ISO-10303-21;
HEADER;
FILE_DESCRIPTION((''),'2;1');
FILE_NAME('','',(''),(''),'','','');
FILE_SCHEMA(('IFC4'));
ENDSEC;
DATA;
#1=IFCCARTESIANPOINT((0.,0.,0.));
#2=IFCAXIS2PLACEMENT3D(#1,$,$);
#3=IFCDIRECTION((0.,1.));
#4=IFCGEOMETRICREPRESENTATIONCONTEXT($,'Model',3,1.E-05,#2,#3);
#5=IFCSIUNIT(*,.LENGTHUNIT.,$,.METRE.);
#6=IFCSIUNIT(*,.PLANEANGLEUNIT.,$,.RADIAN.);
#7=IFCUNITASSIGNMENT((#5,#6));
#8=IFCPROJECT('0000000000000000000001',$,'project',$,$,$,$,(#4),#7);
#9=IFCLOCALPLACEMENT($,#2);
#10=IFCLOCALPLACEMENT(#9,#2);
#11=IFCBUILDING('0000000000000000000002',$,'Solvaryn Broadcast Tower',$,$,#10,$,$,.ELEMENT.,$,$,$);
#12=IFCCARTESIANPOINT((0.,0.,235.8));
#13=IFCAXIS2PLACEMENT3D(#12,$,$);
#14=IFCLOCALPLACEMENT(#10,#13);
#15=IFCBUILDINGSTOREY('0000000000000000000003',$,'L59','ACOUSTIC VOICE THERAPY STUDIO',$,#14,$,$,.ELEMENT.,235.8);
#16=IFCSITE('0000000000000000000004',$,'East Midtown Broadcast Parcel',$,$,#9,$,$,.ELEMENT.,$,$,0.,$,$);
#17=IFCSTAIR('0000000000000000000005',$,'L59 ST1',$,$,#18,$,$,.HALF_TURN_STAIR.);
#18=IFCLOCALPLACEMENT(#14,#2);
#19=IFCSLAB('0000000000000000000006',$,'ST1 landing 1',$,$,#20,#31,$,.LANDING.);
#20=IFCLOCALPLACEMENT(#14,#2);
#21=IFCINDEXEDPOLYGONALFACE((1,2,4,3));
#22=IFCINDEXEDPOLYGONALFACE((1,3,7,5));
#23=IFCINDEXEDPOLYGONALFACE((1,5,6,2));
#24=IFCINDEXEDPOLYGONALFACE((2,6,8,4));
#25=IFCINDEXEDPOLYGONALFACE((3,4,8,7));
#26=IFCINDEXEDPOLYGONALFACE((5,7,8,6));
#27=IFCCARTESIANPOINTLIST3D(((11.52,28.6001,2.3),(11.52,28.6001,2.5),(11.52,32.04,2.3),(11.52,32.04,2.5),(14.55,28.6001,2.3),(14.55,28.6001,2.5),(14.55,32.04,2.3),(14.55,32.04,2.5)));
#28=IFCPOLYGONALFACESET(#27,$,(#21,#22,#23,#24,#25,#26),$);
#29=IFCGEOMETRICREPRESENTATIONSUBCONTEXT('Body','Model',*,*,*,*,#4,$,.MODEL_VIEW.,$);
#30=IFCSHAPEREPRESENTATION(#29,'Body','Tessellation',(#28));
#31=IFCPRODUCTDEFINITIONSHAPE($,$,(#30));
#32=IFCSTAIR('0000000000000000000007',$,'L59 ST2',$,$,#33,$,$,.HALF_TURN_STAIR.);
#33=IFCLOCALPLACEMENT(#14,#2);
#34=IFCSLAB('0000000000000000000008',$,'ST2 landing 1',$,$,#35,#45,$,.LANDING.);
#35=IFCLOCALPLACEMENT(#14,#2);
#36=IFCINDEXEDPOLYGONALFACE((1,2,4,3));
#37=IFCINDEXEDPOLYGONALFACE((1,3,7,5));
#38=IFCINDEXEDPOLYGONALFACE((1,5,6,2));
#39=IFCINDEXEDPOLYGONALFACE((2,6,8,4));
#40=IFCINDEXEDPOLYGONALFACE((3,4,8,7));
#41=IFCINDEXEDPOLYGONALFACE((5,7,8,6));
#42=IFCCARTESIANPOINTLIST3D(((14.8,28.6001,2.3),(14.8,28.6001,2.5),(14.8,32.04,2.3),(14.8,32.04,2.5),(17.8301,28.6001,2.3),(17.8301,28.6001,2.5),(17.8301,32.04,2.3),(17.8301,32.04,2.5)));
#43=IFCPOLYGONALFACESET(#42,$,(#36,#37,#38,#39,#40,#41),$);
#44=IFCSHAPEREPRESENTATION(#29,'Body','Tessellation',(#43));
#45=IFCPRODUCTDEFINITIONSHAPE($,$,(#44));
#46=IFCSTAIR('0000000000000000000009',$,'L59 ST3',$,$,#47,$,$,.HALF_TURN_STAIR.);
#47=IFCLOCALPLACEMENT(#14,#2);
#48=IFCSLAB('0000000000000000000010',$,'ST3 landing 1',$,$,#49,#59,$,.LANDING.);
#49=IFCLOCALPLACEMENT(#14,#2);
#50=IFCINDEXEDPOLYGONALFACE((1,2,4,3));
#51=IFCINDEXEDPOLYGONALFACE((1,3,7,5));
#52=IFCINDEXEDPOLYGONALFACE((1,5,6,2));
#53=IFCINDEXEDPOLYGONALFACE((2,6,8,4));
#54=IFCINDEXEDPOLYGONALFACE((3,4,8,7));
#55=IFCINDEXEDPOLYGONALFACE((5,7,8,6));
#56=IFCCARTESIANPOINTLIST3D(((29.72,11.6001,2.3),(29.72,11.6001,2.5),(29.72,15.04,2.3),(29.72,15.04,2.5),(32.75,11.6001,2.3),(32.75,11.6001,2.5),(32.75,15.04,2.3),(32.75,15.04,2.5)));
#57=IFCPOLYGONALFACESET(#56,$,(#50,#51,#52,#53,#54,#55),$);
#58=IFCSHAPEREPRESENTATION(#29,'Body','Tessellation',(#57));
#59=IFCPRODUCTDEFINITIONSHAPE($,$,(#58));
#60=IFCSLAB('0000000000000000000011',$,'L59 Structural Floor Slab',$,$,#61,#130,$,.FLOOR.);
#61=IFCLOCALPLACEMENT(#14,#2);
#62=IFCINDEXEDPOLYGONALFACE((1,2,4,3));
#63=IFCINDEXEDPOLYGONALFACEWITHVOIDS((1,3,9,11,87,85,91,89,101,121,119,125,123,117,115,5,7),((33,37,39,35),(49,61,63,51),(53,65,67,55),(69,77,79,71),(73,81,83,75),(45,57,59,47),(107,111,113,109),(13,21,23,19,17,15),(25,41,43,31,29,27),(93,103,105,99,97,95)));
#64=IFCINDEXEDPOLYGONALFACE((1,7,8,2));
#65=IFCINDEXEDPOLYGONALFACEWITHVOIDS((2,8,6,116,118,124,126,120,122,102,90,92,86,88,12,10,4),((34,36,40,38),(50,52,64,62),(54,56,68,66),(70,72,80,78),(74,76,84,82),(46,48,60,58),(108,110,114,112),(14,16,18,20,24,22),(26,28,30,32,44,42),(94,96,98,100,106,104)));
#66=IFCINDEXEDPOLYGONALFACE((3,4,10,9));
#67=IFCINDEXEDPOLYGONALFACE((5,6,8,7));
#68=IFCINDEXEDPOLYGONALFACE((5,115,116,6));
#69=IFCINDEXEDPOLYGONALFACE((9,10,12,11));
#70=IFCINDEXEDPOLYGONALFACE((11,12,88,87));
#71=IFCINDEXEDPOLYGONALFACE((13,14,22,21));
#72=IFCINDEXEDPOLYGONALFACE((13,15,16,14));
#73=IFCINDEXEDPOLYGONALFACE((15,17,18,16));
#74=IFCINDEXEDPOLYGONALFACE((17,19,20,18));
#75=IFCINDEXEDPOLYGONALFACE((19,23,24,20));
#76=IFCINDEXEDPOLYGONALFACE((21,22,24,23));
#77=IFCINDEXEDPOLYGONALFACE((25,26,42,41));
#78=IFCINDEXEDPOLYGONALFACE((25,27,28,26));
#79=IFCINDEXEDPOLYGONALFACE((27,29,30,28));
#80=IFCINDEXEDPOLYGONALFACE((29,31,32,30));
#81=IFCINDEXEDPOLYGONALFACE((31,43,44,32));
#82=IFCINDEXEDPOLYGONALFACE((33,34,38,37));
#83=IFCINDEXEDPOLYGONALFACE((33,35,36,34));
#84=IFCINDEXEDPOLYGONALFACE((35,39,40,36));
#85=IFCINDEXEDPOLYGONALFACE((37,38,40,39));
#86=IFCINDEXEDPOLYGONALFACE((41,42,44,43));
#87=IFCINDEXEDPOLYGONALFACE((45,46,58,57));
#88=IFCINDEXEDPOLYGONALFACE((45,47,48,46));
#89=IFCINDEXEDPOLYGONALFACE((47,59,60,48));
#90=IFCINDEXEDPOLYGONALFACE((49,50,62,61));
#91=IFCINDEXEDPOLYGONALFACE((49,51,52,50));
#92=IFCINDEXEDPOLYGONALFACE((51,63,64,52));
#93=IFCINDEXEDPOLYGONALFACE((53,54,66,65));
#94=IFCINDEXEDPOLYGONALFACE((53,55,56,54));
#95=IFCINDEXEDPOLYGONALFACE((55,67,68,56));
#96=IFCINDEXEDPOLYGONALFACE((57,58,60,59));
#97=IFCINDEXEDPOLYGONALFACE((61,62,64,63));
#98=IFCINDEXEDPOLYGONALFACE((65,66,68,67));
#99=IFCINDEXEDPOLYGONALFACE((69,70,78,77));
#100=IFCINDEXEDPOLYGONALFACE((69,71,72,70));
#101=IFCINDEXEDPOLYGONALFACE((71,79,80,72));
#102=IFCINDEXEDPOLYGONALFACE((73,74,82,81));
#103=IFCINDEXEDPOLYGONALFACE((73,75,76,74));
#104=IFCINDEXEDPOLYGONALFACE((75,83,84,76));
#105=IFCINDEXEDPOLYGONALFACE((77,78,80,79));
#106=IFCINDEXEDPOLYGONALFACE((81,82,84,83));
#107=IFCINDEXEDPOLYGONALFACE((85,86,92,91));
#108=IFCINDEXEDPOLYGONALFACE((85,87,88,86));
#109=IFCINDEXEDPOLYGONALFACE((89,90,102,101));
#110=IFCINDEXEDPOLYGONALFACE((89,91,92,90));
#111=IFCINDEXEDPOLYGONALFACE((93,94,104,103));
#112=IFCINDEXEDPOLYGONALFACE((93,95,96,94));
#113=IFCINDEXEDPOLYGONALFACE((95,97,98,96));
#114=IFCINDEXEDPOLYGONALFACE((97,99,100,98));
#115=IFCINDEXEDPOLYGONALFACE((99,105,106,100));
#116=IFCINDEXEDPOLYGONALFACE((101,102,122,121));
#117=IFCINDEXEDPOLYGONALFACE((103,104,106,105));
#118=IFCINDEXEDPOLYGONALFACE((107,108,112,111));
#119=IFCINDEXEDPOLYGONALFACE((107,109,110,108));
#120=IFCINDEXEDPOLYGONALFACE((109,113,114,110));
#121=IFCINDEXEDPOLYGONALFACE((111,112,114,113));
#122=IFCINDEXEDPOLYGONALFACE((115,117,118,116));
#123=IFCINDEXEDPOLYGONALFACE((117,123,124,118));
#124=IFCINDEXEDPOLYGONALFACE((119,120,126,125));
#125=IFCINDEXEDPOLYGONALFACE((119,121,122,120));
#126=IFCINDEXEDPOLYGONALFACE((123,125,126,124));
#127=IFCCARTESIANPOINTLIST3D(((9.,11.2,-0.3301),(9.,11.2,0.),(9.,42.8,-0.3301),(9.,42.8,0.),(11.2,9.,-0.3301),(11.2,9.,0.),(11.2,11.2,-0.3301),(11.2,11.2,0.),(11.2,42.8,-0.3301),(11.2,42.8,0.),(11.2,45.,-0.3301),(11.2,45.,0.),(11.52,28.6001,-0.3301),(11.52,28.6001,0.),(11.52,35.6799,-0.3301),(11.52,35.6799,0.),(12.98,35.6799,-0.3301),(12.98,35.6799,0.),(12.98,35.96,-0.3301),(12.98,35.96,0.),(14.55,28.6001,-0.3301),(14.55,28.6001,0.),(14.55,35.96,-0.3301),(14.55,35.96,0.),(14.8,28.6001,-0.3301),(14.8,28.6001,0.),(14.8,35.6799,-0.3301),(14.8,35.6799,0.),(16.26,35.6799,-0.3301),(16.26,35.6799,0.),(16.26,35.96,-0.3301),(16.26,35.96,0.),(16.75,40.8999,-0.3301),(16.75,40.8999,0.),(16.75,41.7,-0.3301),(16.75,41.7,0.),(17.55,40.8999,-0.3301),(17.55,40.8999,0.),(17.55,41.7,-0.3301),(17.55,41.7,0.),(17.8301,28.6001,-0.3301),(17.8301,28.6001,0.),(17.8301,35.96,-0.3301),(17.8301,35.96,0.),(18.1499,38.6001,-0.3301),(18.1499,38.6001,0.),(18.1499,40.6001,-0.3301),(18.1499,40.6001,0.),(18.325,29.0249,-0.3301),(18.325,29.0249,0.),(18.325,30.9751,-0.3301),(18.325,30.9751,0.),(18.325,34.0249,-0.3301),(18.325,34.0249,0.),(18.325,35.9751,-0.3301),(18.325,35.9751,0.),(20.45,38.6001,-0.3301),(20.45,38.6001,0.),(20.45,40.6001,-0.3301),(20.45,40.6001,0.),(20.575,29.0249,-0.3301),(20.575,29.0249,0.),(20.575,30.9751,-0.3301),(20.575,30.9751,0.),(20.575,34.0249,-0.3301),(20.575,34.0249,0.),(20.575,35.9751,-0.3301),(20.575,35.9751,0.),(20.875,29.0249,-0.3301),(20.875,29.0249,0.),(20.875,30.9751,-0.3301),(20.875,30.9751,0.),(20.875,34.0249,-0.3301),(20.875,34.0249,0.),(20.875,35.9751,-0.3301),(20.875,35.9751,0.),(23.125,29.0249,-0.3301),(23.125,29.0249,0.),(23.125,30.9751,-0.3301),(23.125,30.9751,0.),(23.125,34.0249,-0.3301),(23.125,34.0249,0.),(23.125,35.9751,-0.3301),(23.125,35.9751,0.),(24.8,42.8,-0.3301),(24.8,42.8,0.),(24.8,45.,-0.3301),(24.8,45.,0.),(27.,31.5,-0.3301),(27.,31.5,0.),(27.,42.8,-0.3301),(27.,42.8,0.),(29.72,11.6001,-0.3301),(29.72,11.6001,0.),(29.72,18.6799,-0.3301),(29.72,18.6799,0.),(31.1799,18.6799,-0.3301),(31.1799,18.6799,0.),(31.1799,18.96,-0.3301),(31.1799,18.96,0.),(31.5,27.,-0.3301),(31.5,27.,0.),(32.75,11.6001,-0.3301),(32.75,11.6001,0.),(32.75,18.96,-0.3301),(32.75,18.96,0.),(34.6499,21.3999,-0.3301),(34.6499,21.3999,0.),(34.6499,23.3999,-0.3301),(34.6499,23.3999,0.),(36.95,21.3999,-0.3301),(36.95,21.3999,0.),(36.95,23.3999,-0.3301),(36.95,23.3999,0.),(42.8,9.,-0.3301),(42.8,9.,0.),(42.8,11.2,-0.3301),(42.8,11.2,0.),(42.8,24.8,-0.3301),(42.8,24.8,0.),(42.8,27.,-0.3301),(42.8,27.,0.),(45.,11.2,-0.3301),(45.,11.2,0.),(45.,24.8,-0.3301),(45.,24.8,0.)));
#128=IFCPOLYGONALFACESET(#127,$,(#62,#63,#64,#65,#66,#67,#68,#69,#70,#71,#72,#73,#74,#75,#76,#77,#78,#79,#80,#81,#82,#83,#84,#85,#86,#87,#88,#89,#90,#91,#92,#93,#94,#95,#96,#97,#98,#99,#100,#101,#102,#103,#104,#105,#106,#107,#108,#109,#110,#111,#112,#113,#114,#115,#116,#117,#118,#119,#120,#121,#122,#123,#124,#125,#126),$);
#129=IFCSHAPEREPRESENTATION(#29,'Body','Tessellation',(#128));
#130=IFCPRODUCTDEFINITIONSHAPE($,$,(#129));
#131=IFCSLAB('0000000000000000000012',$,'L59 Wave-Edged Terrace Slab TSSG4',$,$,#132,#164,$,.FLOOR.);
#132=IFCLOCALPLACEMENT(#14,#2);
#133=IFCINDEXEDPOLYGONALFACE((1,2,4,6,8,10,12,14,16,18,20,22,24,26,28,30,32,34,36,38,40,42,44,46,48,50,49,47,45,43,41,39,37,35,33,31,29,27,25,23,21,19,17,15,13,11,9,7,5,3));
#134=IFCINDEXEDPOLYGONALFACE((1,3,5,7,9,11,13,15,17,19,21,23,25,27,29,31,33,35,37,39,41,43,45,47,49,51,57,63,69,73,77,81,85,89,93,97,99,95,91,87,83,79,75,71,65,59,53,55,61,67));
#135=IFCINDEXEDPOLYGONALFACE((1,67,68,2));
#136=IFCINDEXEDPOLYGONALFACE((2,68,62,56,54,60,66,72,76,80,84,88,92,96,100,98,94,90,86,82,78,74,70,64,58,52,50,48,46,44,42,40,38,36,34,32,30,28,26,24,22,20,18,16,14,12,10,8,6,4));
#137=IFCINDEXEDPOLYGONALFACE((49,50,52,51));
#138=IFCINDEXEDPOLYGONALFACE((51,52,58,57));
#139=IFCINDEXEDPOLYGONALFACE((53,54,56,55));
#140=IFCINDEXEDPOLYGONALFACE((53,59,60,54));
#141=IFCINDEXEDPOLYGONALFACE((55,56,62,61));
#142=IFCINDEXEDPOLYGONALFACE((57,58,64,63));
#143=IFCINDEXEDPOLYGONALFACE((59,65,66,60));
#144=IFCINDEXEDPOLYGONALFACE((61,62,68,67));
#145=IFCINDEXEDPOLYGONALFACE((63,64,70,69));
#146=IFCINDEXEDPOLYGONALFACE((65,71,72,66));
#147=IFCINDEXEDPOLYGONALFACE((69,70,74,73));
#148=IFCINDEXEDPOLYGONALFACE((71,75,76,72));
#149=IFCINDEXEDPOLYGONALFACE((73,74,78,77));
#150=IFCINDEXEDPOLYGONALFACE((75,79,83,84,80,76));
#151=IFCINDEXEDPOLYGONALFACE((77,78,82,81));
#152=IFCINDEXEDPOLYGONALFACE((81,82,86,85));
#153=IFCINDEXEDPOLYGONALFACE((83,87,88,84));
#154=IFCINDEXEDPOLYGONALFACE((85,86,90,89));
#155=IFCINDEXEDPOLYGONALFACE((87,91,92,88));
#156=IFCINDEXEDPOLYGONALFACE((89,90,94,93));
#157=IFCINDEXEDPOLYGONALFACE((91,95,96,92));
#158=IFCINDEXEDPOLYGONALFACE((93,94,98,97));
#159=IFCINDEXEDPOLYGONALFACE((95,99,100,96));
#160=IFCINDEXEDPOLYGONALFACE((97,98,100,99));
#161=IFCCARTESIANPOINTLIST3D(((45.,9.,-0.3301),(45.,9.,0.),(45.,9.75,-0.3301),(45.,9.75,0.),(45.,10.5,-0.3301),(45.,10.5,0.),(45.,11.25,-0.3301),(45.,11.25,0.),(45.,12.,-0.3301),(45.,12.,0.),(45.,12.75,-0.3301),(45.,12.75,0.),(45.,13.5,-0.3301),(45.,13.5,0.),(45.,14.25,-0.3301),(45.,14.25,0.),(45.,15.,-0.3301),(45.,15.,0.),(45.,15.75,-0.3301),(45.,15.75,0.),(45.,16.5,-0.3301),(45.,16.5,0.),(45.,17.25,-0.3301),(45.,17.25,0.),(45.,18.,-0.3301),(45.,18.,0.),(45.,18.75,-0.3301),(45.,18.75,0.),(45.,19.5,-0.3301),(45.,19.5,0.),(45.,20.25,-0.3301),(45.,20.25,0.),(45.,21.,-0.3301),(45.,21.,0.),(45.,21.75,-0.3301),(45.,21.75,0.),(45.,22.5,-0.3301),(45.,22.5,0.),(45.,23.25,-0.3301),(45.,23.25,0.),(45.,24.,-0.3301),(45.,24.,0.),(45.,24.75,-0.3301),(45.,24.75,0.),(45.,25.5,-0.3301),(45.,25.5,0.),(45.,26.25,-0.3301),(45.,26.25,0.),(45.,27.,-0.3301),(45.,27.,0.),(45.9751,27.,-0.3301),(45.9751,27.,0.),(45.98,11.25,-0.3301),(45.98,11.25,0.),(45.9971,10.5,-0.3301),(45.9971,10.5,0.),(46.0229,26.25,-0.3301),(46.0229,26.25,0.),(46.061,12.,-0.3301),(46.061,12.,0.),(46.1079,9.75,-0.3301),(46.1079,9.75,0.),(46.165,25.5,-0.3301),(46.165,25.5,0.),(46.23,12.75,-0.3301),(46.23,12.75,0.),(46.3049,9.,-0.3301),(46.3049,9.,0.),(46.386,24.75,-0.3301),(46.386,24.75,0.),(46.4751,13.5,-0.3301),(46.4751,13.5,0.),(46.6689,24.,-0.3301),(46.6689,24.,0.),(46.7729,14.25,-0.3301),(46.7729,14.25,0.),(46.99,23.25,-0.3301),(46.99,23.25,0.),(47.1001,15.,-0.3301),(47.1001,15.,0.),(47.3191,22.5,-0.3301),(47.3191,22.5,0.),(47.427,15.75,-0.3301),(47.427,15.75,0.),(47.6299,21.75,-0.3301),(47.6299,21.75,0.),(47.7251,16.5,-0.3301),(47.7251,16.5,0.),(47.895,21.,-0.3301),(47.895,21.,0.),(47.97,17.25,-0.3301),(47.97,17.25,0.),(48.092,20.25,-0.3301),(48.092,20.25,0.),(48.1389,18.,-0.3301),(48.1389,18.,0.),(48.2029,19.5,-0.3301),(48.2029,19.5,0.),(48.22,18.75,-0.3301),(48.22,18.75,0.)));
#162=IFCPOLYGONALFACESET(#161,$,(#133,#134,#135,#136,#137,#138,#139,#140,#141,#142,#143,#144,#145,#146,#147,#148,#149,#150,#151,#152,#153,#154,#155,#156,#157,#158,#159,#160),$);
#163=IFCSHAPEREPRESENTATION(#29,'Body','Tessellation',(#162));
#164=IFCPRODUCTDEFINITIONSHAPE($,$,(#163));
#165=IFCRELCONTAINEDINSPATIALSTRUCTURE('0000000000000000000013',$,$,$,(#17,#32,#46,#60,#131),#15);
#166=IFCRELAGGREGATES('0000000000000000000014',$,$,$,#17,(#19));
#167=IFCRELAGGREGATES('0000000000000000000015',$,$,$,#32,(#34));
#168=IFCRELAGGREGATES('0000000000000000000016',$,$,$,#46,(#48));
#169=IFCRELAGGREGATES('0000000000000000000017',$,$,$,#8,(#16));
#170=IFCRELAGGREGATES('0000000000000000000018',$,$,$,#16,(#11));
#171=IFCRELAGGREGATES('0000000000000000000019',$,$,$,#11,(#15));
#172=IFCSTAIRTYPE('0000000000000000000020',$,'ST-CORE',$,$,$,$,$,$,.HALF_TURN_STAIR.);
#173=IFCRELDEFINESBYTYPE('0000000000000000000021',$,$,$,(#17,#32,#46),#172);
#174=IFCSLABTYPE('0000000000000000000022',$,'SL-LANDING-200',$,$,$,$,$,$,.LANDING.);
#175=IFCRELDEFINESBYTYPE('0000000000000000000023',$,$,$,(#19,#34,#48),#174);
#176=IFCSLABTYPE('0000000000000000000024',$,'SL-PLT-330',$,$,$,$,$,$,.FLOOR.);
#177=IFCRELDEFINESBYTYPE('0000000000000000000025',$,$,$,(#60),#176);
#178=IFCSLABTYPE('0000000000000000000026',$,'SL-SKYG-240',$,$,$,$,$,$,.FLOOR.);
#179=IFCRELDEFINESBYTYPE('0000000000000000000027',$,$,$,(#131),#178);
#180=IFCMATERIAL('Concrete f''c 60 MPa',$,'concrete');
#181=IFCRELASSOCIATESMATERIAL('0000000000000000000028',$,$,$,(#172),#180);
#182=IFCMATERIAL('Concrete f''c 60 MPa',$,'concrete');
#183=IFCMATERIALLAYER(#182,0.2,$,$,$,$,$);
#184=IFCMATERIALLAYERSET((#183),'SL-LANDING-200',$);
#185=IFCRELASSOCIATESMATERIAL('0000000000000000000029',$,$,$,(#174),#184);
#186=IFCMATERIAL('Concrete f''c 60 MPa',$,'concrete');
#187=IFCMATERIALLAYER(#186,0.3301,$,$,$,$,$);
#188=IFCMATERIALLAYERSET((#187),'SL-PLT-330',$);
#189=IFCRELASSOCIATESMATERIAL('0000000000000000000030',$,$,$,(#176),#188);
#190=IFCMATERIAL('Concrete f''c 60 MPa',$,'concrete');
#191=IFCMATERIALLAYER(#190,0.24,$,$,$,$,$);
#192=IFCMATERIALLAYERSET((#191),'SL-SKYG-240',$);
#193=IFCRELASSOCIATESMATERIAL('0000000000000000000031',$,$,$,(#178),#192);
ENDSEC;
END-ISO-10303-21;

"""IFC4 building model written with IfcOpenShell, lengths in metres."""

from ifc_helpers import new_model, si_unit, direction, frame, origin, place, context, subcontext, project, spatial, polyline, outline, extrude, material, layer, layer_set, type_object, element, aggregate, save


model = new_model("IFC4")

# Units and contexts
model_context = context("Model", 3, precision=1e-05, world=origin(), true_north=direction((0.0, 1.0)))
body_context = subcontext(model_context, "Body", "Model", "MODEL_VIEW")
ifc_project = project(units=[si_unit("LENGTHUNIT", "METRE"), si_unit("PLANEANGLEUNIT", "RADIAN")], contexts=[model_context])

# Site, building, storey
site_placement = place(None, origin())
site = spatial("IfcSite", under=ifc_project, at=site_placement, Name="East Midtown Broadcast Parcel", CompositionType="ELEMENT", RefElevation=0.0)
building_placement = place(site_placement, origin())
building = spatial("IfcBuilding", under=site, at=building_placement, Name="Solvaryn Broadcast Tower", CompositionType="ELEMENT")
storey_placement = place(building_placement, frame((0.0, 0.0, 235.8)))
storey = spatial("IfcBuildingStorey", under=building, at=storey_placement, Name="L59", Description="ACOUSTIC VOICE THERAPY STUDIO", CompositionType="ELEMENT", Elevation=235.8)

# Stairs, slabs
ifc_material_1 = material(Name="Concrete f'c 60 MPa", Category="concrete")
stair_type = type_object("IfcStairType", Name="ST-CORE", PredefinedType="HALF_TURN_STAIR", material=ifc_material_1)
stair_1_placement = place(storey_placement, origin())
stair_1 = element("IfcStair", 1, at=stair_1_placement, inside=storey, type_object=stair_type, Name="L59 ST1", PredefinedType="HALF_TURN_STAIR")
ifc_material_2 = material(Name="Concrete f'c 60 MPa", Category="concrete")
ifc_layer_1 = layer(ifc_material_2, 0.2)
ifc_layer_set_1 = layer_set([ifc_layer_1], Name="SL-LANDING-200")
slab_type_1 = type_object("IfcSlabType", Name="SL-LANDING-200", PredefinedType="LANDING", material=ifc_layer_set_1)
slab_1_placement = place(storey_placement, frame((0.0, 0.0, 2.3)))
slab_1 = element("IfcSlab", 2, at=slab_1_placement, type_object=slab_type_1, Name="ST1 landing 1", PredefinedType="LANDING", context=body_context, shape_type="SweptSolid", body=[
    extrude(outline(polyline([(11.52, 32.04), (11.52, 28.6001), (14.55, 28.6001), (14.55, 32.04), (11.52, 32.04)])), origin(), (0.0, 0.0, 1.0), 0.2),
])
aggregate(stair_1, [slab_1])
stair_2_placement = place(storey_placement, origin())
stair_2 = element("IfcStair", 3, at=stair_2_placement, inside=storey, type_object=stair_type, Name="L59 ST2", PredefinedType="HALF_TURN_STAIR")
slab_2_placement = place(storey_placement, frame((0.0, 0.0, 2.3)))
slab_2 = element("IfcSlab", 4, at=slab_2_placement, type_object=slab_type_1, Name="ST2 landing 1", PredefinedType="LANDING", context=body_context, shape_type="SweptSolid", body=[
    extrude(outline(polyline([(14.8, 32.04), (14.8, 28.6001), (17.8301, 28.6001), (17.8301, 32.04), (14.8, 32.04)])), origin(), (0.0, 0.0, 1.0), 0.2),
])
aggregate(stair_2, [slab_2])
stair_3_placement = place(storey_placement, origin())
stair_3 = element("IfcStair", 5, at=stair_3_placement, inside=storey, type_object=stair_type, Name="L59 ST3", PredefinedType="HALF_TURN_STAIR")
slab_3_placement = place(storey_placement, frame((0.0, 0.0, 2.3)))
slab_3 = element("IfcSlab", 6, at=slab_3_placement, type_object=slab_type_1, Name="ST3 landing 1", PredefinedType="LANDING", context=body_context, shape_type="SweptSolid", body=[
    extrude(outline(polyline([(29.72, 15.04), (29.72, 11.6001), (32.75, 11.6001), (32.75, 15.04), (29.72, 15.04)])), origin(), (0.0, 0.0, 1.0), 0.2),
])
aggregate(stair_3, [slab_3])

# Slabs
ifc_material_3 = material(Name="Concrete f'c 60 MPa", Category="concrete")
ifc_layer_2 = layer(ifc_material_3, 0.3301)
ifc_layer_set_2 = layer_set([ifc_layer_2], Name="SL-PLT-330")
slab_type_2 = type_object("IfcSlabType", Name="SL-PLT-330", PredefinedType="FLOOR", material=ifc_layer_set_2)
slab_4_placement = place(storey_placement, frame((0.0, 0.0, -0.3301)))
element("IfcSlab", 7, at=slab_4_placement, inside=storey, type_object=slab_type_2, Name="L59 Structural Floor Slab", PredefinedType="FLOOR", context=body_context, shape_type="SweptSolid", body=[
    extrude(outline(polyline([(11.2, 9.0), (42.8, 9.0), (42.8, 11.2), (45.0, 11.2), (45.0, 24.8), (42.8, 24.8), (42.8, 27.0), (31.5, 27.0), (27.0, 31.5), (27.0, 42.8), (24.8, 42.8), (24.8, 45.0), (11.2, 45.0), (11.2, 42.8), (9.0, 42.8), (9.0, 11.2), (11.2, 11.2), (11.2, 9.0)]), holes=[polyline([(11.52, 28.6001), (14.55, 28.6001), (14.55, 35.96), (12.98, 35.96), (12.98, 35.6799), (11.52, 35.6799), (11.52, 28.6001)]), polyline([(14.8, 28.6001), (17.8301, 28.6001), (17.8301, 35.96), (16.26, 35.96), (16.26, 35.6799), (14.8, 35.6799), (14.8, 28.6001)]), polyline([(29.72, 11.6001), (32.75, 11.6001), (32.75, 18.96), (31.1799, 18.96), (31.1799, 18.6799), (29.72, 18.6799), (29.72, 11.6001)]), polyline([(18.1499, 38.6001), (20.45, 38.6001), (20.45, 40.6001), (18.1499, 40.6001), (18.1499, 38.6001)]), polyline([(18.325, 29.0249), (20.575, 29.0249), (20.575, 30.9751), (18.325, 30.9751), (18.325, 29.0249)]), polyline([(20.875, 29.0249), (23.125, 29.0249), (23.125, 30.9751), (20.875, 30.9751), (20.875, 29.0249)]), polyline([(18.325, 34.0249), (20.575, 34.0249), (20.575, 35.9751), (18.325, 35.9751), (18.325, 34.0249)]), polyline([(20.875, 34.0249), (23.125, 34.0249), (23.125, 35.9751), (20.875, 35.9751), (20.875, 34.0249)]), polyline([(34.6499, 21.3999), (36.95, 21.3999), (36.95, 23.3999), (34.6499, 23.3999), (34.6499, 21.3999)]), polyline([(16.75, 40.8999), (17.55, 40.8999), (17.55, 41.7), (16.75, 41.7), (16.75, 40.8999)])]), origin(), (0.0, 0.0, 1.0), 0.3301),
])
ifc_material_4 = material(Name="Concrete f'c 60 MPa", Category="concrete")
ifc_layer_3 = layer(ifc_material_4, 0.24)
ifc_layer_set_3 = layer_set([ifc_layer_3], Name="SL-SKYG-240")
slab_type_3 = type_object("IfcSlabType", Name="SL-SKYG-240", PredefinedType="FLOOR", material=ifc_layer_set_3)
slab_5_placement = place(storey_placement, frame((0.0, 0.0, -0.3301)))
element("IfcSlab", 8, at=slab_5_placement, inside=storey, type_object=slab_type_3, Name="L59 Wave-Edged Terrace Slab TSSG4", PredefinedType="FLOOR", context=body_context, shape_type="SweptSolid", body=[
    extrude(outline(polyline([(46.3049, 9.0), (46.1079, 9.75), (45.9971, 10.5), (45.98, 11.25), (46.061, 12.0), (46.23, 12.75), (46.4751, 13.5), (46.7729, 14.25), (47.1001, 15.0), (47.427, 15.75), (47.7251, 16.5), (47.97, 17.25), (48.1389, 18.0), (48.22, 18.75), (48.2029, 19.5), (48.092, 20.25), (47.895, 21.0), (47.6299, 21.75), (47.3191, 22.5), (46.99, 23.25), (46.6689, 24.0), (46.386, 24.75), (46.165, 25.5), (46.0229, 26.25), (45.9751, 27.0), (45.0, 27.0), (45.0, 26.25), (45.0, 25.5), (45.0, 24.75), (45.0, 24.0), (45.0, 23.25), (45.0, 22.5), (45.0, 21.75), (45.0, 21.0), (45.0, 20.25), (45.0, 19.5), (45.0, 18.75), (45.0, 18.0), (45.0, 17.25), (45.0, 16.5), (45.0, 15.75), (45.0, 15.0), (45.0, 14.25), (45.0, 13.5), (45.0, 12.75), (45.0, 12.0), (45.0, 11.25), (45.0, 10.5), (45.0, 9.75), (45.0, 9.0), (46.3049, 9.0)])), origin(), (0.0, 0.0, 1.0), 0.3301),
])

save(model, "model.ifc")
